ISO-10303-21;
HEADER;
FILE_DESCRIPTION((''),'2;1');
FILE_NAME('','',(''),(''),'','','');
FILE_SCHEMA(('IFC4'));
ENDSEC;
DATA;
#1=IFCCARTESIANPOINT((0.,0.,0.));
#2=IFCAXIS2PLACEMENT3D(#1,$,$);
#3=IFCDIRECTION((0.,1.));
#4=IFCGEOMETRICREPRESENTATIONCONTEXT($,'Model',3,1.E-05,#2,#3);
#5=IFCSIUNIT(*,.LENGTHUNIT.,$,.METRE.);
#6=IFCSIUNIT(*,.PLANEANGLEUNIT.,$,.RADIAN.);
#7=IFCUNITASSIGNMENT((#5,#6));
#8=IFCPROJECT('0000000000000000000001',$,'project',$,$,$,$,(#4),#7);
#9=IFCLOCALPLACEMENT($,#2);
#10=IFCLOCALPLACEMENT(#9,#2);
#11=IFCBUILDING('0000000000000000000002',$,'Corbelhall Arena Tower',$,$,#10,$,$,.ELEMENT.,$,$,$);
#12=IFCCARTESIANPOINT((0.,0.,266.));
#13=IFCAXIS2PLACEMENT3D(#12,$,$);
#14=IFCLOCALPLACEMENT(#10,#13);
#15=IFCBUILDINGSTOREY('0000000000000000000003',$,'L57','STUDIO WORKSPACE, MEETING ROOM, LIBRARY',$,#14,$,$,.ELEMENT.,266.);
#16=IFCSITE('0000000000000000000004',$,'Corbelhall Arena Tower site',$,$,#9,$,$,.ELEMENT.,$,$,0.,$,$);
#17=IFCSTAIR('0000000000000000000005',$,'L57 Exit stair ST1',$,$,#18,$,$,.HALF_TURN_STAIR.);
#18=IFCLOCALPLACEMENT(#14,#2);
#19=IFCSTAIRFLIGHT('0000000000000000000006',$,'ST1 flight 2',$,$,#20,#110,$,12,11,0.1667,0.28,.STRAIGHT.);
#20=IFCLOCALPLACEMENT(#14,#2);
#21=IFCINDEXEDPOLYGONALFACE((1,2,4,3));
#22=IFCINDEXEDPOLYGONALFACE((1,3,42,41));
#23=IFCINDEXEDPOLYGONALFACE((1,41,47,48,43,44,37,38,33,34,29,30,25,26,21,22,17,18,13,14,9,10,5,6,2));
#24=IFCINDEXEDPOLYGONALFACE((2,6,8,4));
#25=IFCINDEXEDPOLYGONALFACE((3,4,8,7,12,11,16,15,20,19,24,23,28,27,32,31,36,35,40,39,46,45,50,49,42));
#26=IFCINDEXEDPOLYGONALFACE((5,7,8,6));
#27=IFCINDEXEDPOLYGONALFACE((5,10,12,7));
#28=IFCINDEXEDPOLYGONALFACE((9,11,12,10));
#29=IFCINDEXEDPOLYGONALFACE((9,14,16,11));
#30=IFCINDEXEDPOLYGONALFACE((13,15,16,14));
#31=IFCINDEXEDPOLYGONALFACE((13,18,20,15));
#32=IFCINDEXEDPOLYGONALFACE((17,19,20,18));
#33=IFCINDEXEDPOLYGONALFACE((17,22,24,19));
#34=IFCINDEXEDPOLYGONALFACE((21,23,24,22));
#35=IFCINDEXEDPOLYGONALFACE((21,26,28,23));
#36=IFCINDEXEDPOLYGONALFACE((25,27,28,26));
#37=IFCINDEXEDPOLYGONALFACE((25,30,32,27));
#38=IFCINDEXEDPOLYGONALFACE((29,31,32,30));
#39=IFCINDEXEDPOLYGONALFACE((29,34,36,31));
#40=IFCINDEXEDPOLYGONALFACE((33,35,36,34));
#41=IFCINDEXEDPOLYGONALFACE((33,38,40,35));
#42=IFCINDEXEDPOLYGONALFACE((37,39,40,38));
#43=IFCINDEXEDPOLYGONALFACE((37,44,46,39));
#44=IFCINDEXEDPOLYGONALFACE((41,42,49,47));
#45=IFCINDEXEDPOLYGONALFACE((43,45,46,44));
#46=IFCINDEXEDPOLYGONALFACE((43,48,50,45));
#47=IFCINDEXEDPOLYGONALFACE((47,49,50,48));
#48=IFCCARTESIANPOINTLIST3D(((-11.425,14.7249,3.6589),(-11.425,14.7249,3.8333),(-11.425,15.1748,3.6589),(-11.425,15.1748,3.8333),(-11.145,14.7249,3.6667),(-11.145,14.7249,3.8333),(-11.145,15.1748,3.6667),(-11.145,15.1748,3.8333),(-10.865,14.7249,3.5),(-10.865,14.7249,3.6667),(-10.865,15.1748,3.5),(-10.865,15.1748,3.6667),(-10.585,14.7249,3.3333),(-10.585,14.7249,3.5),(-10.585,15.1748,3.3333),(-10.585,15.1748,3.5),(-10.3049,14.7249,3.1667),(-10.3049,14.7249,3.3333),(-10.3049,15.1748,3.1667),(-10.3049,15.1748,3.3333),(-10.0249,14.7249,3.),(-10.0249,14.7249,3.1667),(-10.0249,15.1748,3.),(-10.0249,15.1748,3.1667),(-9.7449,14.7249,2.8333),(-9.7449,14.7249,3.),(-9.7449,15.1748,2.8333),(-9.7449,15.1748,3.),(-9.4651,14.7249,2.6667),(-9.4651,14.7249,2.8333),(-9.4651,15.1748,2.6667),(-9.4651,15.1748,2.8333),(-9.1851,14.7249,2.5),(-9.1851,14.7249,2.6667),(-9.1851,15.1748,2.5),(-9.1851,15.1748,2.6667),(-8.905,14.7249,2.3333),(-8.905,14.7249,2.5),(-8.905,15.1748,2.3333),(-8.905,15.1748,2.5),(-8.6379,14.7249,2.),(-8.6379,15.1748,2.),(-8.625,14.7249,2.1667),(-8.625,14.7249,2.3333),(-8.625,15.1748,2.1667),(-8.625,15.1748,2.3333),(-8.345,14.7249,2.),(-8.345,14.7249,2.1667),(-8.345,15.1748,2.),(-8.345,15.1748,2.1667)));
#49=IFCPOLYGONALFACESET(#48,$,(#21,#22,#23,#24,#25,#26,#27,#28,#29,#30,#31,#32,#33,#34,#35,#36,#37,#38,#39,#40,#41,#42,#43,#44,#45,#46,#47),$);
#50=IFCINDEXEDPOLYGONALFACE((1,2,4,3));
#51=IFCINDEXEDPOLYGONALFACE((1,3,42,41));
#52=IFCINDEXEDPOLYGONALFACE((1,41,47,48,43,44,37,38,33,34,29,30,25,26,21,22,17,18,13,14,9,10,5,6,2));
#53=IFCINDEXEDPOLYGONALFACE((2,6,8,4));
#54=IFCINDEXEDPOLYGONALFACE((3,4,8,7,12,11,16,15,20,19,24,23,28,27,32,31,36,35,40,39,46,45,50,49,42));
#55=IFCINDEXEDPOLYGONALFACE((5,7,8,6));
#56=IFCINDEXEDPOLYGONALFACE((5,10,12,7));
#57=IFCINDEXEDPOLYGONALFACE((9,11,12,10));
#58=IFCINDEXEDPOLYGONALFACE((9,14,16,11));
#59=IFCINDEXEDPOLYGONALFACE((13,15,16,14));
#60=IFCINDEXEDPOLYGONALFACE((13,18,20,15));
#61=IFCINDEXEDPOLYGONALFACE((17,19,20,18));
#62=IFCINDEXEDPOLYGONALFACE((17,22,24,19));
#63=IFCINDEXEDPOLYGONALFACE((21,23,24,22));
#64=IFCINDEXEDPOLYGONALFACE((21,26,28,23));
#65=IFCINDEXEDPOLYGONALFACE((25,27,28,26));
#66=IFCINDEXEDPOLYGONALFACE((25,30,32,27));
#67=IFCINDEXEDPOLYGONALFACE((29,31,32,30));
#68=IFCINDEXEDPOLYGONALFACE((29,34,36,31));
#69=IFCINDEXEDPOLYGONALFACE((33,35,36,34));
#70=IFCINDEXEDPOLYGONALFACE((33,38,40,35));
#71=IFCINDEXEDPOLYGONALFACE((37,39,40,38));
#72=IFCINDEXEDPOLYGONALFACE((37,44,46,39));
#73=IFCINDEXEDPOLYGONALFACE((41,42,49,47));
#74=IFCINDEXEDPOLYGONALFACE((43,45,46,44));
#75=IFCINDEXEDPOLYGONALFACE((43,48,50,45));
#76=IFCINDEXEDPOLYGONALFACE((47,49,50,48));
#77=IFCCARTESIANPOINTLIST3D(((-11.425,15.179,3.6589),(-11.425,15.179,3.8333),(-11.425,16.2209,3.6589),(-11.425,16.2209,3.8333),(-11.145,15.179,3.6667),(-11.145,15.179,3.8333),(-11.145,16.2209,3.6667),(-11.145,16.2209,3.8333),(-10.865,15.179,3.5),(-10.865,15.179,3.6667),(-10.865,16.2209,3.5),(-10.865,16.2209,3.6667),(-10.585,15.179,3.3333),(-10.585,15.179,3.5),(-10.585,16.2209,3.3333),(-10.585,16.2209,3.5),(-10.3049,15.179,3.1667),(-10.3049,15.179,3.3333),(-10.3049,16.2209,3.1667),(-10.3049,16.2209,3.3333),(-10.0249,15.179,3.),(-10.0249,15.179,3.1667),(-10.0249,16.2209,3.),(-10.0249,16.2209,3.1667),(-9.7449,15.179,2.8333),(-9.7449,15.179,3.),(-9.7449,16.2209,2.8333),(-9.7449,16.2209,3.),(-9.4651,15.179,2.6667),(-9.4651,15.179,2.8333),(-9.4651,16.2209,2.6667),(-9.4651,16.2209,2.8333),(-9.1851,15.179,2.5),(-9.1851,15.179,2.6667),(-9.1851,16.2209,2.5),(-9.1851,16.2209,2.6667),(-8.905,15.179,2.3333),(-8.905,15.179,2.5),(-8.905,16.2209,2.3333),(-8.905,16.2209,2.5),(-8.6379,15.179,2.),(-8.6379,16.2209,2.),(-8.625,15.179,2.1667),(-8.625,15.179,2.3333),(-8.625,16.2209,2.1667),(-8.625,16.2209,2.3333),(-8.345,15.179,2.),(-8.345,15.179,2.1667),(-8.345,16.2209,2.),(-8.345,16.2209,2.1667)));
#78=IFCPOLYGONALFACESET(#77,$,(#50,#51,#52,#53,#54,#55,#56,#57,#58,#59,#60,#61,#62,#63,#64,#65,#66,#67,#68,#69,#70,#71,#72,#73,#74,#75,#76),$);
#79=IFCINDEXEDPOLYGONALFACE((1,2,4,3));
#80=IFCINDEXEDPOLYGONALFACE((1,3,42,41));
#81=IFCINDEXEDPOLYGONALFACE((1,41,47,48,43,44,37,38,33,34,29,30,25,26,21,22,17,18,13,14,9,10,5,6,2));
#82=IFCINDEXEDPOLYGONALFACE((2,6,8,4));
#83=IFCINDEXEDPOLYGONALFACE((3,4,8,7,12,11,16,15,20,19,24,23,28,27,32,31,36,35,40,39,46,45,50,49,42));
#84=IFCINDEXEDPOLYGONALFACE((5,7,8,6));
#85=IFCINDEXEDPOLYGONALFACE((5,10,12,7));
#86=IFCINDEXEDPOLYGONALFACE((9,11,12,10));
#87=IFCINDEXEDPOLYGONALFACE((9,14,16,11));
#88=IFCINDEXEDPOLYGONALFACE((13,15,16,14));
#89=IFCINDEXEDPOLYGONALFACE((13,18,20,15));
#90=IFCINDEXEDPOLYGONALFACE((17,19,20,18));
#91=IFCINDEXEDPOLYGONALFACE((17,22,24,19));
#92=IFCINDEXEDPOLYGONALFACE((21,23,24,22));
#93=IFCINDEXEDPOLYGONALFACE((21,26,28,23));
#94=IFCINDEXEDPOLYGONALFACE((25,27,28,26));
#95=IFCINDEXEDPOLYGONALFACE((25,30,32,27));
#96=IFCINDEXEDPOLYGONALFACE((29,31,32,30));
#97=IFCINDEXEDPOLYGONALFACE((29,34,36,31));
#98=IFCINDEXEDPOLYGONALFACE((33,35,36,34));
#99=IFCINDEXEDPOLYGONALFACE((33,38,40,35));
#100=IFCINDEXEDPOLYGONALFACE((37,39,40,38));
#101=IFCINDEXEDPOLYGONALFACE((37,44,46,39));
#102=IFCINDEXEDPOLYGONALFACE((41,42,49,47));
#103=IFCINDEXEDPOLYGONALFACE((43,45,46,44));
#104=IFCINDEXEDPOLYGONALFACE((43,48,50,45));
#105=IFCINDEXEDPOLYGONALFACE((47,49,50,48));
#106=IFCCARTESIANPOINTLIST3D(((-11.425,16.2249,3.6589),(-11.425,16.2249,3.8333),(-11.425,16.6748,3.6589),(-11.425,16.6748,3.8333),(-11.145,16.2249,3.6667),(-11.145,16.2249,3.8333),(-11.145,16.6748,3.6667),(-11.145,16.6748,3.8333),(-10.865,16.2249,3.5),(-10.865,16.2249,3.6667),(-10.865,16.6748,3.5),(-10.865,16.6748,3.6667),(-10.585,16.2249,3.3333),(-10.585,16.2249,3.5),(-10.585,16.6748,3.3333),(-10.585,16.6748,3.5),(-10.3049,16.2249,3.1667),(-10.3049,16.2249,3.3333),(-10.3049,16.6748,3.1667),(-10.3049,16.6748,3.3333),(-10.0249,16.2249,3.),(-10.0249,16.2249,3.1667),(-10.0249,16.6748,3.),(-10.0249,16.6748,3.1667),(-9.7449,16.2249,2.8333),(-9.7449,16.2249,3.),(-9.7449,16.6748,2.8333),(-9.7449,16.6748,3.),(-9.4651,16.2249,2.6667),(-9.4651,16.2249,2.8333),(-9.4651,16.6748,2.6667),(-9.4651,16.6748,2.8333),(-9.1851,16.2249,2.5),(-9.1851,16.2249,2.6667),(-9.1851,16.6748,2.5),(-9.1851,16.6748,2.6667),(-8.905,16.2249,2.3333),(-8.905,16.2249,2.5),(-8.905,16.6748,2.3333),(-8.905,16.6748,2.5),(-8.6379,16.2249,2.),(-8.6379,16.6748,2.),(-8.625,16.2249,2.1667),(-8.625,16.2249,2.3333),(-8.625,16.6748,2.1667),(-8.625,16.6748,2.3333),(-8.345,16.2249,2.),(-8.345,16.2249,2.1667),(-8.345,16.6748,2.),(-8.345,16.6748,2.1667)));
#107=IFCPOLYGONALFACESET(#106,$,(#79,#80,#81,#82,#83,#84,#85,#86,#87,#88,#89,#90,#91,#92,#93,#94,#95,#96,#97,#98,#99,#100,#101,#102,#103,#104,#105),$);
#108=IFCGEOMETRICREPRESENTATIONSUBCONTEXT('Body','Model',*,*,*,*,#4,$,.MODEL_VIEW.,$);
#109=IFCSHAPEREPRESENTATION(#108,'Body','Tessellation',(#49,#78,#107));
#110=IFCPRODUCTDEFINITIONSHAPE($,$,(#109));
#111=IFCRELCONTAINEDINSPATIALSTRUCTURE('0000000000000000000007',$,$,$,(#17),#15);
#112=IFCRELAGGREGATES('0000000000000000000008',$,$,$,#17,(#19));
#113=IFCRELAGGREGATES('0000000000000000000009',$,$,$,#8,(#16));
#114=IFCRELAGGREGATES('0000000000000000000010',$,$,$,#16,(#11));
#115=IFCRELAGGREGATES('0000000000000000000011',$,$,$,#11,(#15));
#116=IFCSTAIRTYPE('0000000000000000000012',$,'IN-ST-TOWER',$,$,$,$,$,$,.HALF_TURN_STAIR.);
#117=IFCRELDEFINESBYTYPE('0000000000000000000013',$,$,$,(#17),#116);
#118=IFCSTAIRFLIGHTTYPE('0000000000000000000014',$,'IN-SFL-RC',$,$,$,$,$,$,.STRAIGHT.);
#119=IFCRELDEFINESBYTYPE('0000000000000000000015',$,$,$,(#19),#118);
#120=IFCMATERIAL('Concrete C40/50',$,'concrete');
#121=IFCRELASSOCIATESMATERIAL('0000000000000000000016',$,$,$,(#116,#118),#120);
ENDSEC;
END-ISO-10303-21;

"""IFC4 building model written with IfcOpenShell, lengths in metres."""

from ifc_helpers import new_model, si_unit, direction, frame, origin, place, context, subcontext, project, spatial, polyline, outline, extrude, material, type_object, element, aggregate, save


model = new_model("IFC4")

# Units and contexts
model_context = context("Model", 3, precision=1e-05, world=origin(), true_north=direction((0.0, 1.0)))
body_context = subcontext(model_context, "Body", "Model", "MODEL_VIEW")
ifc_project = project(units=[si_unit("LENGTHUNIT", "METRE"), si_unit("PLANEANGLEUNIT", "RADIAN")], contexts=[model_context])

# Site, building, storey
site_placement = place(None, origin())
site = spatial("IfcSite", under=ifc_project, at=site_placement, Name="Corbelhall Arena Tower site", CompositionType="ELEMENT", RefElevation=0.0)
building_placement = place(site_placement, origin())
building = spatial("IfcBuilding", under=site, at=building_placement, Name="Corbelhall Arena Tower", CompositionType="ELEMENT")
storey_placement = place(building_placement, frame((0.0, 0.0, 266.0)))
storey = spatial("IfcBuildingStorey", under=building, at=storey_placement, Name="L57", Description="STUDIO WORKSPACE, MEETING ROOM, LIBRARY", CompositionType="ELEMENT", Elevation=266.0)

# Shared definitions
ifc_material_1 = material(Name="Concrete C40/50", Category="concrete")

# Stair, stair flight
stair_type = type_object("IfcStairType", Name="IN-ST-TOWER", PredefinedType="HALF_TURN_STAIR", material=ifc_material_1)
stair_placement = place(storey_placement, origin())
stair = element("IfcStair", 1, at=stair_placement, inside=storey, type_object=stair_type, Name="L57 Exit stair ST1", PredefinedType="HALF_TURN_STAIR")
stair_flight_type = type_object("IfcStairFlightType", Name="IN-SFL-RC", PredefinedType="STRAIGHT", material=ifc_material_1)
stair_flight_1_placement = place(storey_placement, frame((-8.345, 15.7, 2.0), z_axis=(0.0, 0.0, 1.0), x_axis=(-1.0, 0.0, 0.0)))
stair_flight_1 = element("IfcStairFlight", 2, at=stair_flight_1_placement, type_object=stair_flight_type, Name="ST1 flight 2", NumberOfRisers=12, NumberOfTreads=11, PredefinedType="STRAIGHT", RiserHeight=0.1667, TreadLength=0.28, context=body_context, shape_type="SweptSolid", body=[
    extrude(outline(polyline([(0.0, 0.0), (0.0, 0.1667), (0.28, 0.1667), (0.28, 0.3333), (0.5601, 0.3333), (0.5601, 0.5), (0.8401, 0.5), (0.8401, 0.6667), (1.1201, 0.6667), (1.1201, 0.8333), (1.3999, 0.8333), (1.3999, 1.0), (1.6799, 1.0), (1.6799, 1.1667), (1.96, 1.1667), (1.96, 1.3333), (2.24, 1.3333), (2.24, 1.5), (2.52, 1.5), (2.52, 1.6667), (2.8, 1.6667), (2.8, 1.8333), (3.0801, 1.8333), (3.0801, 2.0), (3.0801, 1.6589), (0.293, 0.0), (0.0, 0.0)])), frame((0.0, 0.9751, 0.0), z_axis=(0.0, -1.0, 0.0), x_axis=(1.0, 0.0, 0.0)), (0.0, 0.0, 1.0), 0.45),
    extrude(outline(polyline([(0.0, 0.0), (0.0, 0.1667), (0.28, 0.1667), (0.28, 0.3333), (0.5601, 0.3333), (0.5601, 0.5), (0.8401, 0.5), (0.8401, 0.6667), (1.1201, 0.6667), (1.1201, 0.8333), (1.3999, 0.8333), (1.3999, 1.0), (1.6799, 1.0), (1.6799, 1.1667), (1.96, 1.1667), (1.96, 1.3333), (2.24, 1.3333), (2.24, 1.5), (2.52, 1.5), (2.52, 1.6667), (2.8, 1.6667), (2.8, 1.8333), (3.0801, 1.8333), (3.0801, 2.0), (3.0801, 1.6589), (0.293, 0.0), (0.0, 0.0)])), frame((0.0, 0.521, 0.0), z_axis=(0.0, -1.0, 0.0), x_axis=(1.0, 0.0, 0.0)), (0.0, 0.0, 1.0), 1.042),
    extrude(outline(polyline([(0.0, 0.0), (0.0, 0.1667), (0.28, 0.1667), (0.28, 0.3333), (0.5601, 0.3333), (0.5601, 0.5), (0.8401, 0.5), (0.8401, 0.6667), (1.1201, 0.6667), (1.1201, 0.8333), (1.3999, 0.8333), (1.3999, 1.0), (1.6799, 1.0), (1.6799, 1.1667), (1.96, 1.1667), (1.96, 1.3333), (2.24, 1.3333), (2.24, 1.5), (2.52, 1.5), (2.52, 1.6667), (2.8, 1.6667), (2.8, 1.8333), (3.0801, 1.8333), (3.0801, 2.0), (3.0801, 1.6589), (0.293, 0.0), (0.0, 0.0)])), frame((0.0, -0.5249, 0.0), z_axis=(0.0, -1.0, 0.0), x_axis=(1.0, 0.0, 0.0)), (0.0, 0.0, 1.0), 0.45),
])
aggregate(stair, [stair_flight_1])

save(model, "model.ifc")
